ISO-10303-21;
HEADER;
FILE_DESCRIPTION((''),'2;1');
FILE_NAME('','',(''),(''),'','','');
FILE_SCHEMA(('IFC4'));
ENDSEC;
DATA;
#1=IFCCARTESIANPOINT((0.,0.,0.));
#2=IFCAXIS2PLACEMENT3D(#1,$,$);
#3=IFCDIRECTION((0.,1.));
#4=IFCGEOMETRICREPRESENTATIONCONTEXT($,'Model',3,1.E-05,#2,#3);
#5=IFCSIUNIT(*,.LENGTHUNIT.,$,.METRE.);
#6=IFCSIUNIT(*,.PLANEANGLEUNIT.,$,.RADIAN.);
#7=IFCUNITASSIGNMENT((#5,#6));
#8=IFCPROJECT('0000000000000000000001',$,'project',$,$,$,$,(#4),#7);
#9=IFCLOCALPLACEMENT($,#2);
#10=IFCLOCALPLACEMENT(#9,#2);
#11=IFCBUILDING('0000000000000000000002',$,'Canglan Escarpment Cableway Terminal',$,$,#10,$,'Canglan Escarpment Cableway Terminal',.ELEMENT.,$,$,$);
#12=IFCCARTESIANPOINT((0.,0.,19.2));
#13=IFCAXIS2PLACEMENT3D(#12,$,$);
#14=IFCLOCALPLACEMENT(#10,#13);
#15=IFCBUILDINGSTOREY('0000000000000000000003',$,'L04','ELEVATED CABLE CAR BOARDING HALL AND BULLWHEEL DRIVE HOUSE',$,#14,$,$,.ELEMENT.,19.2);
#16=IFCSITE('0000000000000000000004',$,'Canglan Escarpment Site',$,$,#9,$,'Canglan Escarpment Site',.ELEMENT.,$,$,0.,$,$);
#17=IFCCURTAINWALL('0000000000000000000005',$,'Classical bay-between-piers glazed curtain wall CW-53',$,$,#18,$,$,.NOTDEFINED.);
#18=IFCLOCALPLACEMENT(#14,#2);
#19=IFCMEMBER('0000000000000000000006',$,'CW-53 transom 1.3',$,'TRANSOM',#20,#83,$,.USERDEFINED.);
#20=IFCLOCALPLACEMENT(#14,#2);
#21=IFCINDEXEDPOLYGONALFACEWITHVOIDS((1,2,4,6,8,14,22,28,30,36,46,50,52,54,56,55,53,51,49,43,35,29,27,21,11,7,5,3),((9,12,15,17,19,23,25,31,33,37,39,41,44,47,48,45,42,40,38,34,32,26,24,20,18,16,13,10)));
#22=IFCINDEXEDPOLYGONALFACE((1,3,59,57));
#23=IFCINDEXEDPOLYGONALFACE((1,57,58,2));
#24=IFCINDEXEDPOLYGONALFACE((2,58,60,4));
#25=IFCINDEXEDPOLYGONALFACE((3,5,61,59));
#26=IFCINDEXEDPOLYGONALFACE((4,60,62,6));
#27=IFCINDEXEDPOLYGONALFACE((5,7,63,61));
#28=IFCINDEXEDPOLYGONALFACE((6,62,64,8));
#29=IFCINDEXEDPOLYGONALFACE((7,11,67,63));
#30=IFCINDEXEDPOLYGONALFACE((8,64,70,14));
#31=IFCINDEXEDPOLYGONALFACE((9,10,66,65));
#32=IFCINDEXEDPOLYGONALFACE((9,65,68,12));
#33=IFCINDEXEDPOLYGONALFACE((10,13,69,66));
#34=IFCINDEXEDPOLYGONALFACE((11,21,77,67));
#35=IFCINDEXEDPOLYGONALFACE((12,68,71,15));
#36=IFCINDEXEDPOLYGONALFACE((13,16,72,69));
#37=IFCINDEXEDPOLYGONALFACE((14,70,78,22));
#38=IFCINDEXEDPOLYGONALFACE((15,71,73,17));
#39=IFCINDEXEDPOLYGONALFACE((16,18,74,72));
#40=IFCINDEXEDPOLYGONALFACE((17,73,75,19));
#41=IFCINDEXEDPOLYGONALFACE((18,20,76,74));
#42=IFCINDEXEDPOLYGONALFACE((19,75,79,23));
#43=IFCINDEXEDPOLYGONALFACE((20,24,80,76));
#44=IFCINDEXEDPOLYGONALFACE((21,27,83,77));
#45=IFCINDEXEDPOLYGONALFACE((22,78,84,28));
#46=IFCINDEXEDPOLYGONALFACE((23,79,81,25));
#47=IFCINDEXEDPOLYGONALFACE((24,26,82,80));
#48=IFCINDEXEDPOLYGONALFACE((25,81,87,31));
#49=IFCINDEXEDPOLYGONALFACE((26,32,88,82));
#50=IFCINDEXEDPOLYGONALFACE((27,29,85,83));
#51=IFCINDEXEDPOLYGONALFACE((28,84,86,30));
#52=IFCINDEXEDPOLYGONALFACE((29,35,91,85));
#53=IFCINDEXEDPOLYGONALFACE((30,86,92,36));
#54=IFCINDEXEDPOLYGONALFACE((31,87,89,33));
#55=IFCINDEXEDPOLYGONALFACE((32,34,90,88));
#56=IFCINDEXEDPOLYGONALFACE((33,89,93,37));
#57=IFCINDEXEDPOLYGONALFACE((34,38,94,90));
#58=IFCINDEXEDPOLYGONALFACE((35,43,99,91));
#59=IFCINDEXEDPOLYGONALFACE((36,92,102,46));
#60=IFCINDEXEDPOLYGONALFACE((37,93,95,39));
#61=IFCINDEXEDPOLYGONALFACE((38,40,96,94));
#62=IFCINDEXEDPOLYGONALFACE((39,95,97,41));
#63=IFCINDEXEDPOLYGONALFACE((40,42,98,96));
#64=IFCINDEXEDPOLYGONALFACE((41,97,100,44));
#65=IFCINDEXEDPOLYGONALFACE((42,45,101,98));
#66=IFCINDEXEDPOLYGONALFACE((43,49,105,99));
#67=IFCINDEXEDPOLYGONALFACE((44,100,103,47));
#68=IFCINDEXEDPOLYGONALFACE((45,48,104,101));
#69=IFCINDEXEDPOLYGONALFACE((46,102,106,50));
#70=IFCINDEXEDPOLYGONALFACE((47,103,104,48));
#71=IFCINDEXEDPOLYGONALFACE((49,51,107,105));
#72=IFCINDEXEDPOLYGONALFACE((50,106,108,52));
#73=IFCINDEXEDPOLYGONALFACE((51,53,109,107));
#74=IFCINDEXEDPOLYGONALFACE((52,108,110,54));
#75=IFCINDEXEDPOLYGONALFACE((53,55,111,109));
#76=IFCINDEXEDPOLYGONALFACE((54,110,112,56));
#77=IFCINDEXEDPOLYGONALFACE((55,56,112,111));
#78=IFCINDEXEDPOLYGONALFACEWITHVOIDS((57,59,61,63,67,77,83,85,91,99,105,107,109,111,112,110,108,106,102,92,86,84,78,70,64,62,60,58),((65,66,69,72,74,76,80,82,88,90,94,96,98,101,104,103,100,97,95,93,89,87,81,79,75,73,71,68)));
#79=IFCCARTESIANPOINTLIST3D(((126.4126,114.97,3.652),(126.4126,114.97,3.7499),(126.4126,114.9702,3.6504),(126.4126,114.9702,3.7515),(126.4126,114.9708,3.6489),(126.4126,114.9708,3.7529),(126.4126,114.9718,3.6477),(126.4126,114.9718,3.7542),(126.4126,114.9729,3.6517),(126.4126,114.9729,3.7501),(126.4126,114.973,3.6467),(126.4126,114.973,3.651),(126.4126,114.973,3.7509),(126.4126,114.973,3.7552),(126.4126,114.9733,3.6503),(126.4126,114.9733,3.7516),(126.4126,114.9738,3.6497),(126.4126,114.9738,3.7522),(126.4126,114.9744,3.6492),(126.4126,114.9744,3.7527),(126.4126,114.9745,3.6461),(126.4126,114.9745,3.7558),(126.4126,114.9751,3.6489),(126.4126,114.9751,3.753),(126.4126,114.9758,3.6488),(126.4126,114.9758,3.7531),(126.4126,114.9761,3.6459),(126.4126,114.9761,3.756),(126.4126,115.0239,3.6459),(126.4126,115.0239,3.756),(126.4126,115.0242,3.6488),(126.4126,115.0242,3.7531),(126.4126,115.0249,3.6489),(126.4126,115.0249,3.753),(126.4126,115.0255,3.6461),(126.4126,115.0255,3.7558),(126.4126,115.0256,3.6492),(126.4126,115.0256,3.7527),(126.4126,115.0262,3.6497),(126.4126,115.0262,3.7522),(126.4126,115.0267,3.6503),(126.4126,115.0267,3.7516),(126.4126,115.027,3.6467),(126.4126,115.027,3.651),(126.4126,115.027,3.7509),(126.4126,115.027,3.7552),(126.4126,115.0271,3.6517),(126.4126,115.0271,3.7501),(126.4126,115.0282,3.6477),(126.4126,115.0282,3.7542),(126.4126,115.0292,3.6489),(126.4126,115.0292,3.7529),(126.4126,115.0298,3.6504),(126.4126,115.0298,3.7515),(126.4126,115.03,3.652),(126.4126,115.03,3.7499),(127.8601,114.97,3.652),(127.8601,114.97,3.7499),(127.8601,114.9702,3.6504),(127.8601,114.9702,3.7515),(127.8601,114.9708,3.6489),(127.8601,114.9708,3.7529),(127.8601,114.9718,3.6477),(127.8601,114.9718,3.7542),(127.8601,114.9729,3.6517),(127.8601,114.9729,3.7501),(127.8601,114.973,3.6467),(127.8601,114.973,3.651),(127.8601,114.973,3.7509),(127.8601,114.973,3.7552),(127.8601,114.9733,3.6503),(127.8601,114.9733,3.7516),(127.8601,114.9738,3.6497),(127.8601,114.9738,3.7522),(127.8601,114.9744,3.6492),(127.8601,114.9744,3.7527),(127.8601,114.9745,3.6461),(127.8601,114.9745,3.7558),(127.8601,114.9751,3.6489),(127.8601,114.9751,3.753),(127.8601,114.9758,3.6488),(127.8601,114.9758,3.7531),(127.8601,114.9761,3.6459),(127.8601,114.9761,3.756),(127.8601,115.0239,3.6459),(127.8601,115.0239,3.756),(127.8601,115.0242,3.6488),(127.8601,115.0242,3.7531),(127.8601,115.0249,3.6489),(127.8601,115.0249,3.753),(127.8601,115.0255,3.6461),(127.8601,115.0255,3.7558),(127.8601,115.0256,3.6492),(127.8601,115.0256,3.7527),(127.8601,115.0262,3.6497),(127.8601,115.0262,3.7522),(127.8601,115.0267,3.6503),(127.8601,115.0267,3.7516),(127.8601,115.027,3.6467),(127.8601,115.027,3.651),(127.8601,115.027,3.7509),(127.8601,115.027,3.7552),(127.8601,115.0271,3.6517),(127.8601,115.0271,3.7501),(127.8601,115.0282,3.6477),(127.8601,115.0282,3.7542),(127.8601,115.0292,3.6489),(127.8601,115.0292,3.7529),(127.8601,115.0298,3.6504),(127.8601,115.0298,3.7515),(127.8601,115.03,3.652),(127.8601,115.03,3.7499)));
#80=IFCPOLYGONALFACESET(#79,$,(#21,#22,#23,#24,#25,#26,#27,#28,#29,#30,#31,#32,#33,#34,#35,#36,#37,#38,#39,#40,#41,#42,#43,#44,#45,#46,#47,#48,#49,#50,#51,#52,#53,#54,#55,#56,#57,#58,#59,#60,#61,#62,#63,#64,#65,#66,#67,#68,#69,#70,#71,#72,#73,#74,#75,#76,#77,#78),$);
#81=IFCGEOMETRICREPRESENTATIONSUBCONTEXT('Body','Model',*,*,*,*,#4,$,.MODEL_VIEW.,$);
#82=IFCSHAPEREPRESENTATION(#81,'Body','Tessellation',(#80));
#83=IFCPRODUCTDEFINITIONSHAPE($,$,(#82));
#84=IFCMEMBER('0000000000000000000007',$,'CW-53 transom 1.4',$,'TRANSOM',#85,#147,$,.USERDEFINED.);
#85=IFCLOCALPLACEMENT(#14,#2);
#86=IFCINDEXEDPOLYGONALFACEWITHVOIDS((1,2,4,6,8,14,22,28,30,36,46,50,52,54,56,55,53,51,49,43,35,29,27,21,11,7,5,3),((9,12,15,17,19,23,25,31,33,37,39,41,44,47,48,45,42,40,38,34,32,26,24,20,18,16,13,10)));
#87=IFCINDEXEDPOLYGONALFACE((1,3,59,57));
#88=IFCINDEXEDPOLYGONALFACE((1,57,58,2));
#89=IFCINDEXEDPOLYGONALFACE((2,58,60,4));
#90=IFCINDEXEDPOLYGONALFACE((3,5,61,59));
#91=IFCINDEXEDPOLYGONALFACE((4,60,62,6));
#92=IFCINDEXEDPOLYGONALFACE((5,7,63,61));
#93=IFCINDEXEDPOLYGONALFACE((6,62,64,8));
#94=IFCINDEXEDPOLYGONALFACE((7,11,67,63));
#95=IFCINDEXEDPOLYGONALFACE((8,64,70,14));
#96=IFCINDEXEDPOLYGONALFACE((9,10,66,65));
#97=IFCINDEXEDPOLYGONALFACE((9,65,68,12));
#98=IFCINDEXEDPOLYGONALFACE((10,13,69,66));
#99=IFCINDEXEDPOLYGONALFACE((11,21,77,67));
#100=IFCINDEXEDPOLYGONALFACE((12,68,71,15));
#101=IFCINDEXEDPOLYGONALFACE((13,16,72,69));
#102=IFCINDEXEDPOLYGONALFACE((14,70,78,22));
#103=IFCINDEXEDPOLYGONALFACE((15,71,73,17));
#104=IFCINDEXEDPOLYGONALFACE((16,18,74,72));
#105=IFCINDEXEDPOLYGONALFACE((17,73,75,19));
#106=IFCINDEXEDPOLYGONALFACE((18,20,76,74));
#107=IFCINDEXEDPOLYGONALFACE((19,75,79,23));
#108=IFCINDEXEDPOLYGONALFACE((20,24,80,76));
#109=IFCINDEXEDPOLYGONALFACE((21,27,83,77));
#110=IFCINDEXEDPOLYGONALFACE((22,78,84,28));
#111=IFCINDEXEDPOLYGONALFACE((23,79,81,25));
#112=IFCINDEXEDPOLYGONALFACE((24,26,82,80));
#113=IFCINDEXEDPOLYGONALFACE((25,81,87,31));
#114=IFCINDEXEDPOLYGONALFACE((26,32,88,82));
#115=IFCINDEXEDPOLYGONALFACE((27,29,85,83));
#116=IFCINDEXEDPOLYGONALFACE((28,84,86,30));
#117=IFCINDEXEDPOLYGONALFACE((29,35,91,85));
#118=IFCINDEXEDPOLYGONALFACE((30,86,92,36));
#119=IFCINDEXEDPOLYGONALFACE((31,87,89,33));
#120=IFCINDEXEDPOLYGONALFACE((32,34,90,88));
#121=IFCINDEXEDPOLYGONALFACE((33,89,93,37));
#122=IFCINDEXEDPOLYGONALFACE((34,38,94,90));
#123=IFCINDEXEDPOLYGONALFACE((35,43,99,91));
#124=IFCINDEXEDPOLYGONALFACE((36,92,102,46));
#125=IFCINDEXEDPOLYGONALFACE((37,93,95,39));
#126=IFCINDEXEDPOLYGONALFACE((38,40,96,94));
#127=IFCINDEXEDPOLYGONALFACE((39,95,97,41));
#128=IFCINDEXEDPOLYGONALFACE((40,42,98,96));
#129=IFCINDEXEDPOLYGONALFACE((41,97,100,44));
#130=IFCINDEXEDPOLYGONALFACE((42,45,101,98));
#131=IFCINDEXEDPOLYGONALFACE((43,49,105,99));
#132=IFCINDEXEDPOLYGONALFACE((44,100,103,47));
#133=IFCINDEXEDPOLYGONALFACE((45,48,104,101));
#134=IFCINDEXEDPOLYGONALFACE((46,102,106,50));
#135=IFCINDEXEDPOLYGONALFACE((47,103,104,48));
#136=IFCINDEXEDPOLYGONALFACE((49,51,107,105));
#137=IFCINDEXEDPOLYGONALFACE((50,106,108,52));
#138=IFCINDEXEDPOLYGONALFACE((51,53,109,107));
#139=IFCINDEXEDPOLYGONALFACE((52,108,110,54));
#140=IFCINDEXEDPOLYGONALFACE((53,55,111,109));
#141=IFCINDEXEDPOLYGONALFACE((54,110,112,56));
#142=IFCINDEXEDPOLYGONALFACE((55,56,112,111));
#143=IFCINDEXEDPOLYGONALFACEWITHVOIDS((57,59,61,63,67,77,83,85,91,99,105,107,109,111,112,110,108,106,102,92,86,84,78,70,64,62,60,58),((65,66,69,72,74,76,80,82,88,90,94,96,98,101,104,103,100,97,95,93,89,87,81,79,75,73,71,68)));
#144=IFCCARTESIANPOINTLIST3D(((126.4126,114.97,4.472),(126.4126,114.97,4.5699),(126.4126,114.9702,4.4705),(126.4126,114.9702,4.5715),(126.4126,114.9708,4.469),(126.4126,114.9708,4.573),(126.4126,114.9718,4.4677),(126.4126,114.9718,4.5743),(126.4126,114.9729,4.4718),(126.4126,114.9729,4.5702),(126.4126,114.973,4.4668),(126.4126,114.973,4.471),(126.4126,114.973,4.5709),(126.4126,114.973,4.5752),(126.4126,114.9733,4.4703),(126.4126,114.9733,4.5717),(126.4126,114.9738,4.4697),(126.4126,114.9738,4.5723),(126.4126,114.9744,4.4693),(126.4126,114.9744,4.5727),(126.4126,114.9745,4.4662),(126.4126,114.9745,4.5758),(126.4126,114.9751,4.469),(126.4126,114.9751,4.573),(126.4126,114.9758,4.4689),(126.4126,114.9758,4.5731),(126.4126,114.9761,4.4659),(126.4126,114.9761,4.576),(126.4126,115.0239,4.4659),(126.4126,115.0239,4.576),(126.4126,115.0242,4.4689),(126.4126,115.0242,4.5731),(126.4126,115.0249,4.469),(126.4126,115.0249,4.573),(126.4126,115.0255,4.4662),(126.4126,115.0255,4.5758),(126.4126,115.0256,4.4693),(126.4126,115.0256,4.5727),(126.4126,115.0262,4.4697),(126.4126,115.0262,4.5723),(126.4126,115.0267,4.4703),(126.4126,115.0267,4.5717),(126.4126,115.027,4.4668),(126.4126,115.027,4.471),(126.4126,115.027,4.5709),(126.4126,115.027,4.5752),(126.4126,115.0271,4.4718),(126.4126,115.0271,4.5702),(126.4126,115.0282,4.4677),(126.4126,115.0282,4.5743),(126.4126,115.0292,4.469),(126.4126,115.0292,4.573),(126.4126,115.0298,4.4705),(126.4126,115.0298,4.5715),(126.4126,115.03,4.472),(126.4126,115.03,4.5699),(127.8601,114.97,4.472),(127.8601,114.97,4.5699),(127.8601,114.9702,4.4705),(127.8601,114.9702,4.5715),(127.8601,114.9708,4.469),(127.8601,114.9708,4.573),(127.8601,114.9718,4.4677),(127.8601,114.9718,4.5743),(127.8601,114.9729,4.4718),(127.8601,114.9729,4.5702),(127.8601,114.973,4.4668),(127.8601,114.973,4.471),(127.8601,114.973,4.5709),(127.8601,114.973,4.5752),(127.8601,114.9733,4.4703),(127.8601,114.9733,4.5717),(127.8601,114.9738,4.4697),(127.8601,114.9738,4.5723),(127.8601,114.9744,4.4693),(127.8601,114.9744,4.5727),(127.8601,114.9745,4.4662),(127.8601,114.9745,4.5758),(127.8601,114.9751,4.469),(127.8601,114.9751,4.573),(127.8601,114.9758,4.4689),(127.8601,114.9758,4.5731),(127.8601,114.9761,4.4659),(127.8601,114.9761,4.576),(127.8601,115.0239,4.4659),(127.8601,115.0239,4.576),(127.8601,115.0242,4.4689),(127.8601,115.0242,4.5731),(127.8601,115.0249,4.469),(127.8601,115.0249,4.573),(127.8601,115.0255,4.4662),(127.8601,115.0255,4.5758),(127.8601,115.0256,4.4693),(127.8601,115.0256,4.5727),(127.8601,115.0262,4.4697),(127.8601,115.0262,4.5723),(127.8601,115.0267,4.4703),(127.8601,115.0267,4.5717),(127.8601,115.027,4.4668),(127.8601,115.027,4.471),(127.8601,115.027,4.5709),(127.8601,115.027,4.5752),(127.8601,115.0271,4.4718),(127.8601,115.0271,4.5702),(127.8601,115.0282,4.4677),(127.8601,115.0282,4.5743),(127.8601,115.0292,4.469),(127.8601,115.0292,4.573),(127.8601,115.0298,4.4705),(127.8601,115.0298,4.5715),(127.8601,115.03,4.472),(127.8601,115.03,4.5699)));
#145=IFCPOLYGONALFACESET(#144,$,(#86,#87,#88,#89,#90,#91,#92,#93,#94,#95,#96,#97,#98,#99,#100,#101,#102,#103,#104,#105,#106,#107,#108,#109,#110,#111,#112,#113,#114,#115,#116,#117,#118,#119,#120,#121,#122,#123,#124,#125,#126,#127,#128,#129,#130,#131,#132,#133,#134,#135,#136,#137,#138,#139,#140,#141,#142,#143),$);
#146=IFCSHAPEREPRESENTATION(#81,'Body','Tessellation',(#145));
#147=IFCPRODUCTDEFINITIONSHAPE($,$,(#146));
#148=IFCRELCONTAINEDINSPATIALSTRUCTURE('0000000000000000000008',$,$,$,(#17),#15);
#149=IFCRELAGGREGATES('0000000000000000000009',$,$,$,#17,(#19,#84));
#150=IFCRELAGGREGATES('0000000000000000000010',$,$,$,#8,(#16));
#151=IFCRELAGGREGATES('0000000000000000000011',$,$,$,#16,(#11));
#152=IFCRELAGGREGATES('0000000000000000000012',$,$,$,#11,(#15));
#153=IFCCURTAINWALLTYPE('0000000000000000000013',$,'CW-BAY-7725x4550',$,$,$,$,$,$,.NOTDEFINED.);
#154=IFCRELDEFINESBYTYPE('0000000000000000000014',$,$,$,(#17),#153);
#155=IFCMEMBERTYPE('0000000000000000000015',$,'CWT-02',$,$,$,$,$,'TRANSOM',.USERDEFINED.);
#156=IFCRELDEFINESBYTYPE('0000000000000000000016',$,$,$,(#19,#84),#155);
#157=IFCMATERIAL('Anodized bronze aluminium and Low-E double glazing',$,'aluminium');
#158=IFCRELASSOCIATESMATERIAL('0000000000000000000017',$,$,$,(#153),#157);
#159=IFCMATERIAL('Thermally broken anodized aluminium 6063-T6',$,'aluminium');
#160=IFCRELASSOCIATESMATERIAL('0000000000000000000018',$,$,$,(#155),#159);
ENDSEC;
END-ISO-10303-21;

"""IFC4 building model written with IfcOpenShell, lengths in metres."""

from ifc_helpers import new_model, si_unit, direction, frame, origin, origin_2d, place, context, subcontext, project, spatial, hollow_rectangle, extrude, material, material_profile, profile_set, type_object, element, aggregate, save


model = new_model("IFC4")

# Units and contexts
model_context = context("Model", 3, precision=1e-05, world=origin(), true_north=direction((0.0, 1.0)))
body_context = subcontext(model_context, "Body", "Model", "MODEL_VIEW")
ifc_project = project(units=[si_unit("LENGTHUNIT", "METRE"), si_unit("PLANEANGLEUNIT", "RADIAN")], contexts=[model_context])

# Site, building, storey
site_placement = place(None, origin())
site = spatial("IfcSite", under=ifc_project, at=site_placement, Name="Canglan Escarpment Site", LongName="Canglan Escarpment Site", CompositionType="ELEMENT", RefElevation=0.0)
building_placement = place(site_placement, origin())
building = spatial("IfcBuilding", under=site, at=building_placement, Name="Canglan Escarpment Cableway Terminal", LongName="Canglan Escarpment Cableway Terminal", CompositionType="ELEMENT")
storey_placement = place(building_placement, frame((0.0, 0.0, 19.2)))
storey = spatial("IfcBuildingStorey", under=building, at=storey_placement, Name="L04", Description="ELEVATED CABLE CAR BOARDING HALL AND BULLWHEEL DRIVE HOUSE", CompositionType="ELEMENT", Elevation=19.2)

# Curtain wall
ifc_material_1 = material(Name="Anodized bronze aluminium and Low-E double glazing", Category="aluminium")
curtain_wall_type_1 = type_object("IfcCurtainWallType", Name="CW-BAY-7725x4550", PredefinedType="NOTDEFINED", material=ifc_material_1)
curtain_wall_1_placement = place(storey_placement, origin())
curtain_wall_1 = element("IfcCurtainWall", 1, at=curtain_wall_1_placement, inside=storey, type_object=curtain_wall_type_1, Name="Classical bay-between-piers glazed curtain wall CW-53", PredefinedType="NOTDEFINED")
ifc_material_2 = material(Name="Thermally broken anodized aluminium 6063-T6", Category="aluminium")

# Members
ifc_material_profile_1 = material_profile(ifc_material_2, hollow_rectangle(XDim=0.0601, YDim=0.1101, WallThickness=0.0029, InnerFilletRadius=0.0029, OuterFilletRadius=0.0061, at=origin_2d()), Name="ALU-TRAN 60x110x3")
ifc_profile_set_1 = profile_set([ifc_material_profile_1], Name="Thermally broken anodized aluminium 6063-T6")
member_type_1 = type_object("IfcMemberType", Name="CWT-02", ElementType="TRANSOM", PredefinedType="USERDEFINED", material=ifc_profile_set_1)
member_1_placement = place(storey_placement, frame((127.8601, 115.0, 3.7009), z_axis=(-1.0, 0.0, 0.0), x_axis=(0.0, -1.0, 0.0)))
member_1 = element("IfcMember", 2, at=member_1_placement, type_object=member_type_1, Name="CW-53 transom 1.3", ObjectType="TRANSOM", PredefinedType="USERDEFINED", context=body_context, shape_type="SweptSolid", body=[
    extrude(hollow_rectangle(XDim=0.0601, YDim=0.1101, WallThickness=0.0029, InnerFilletRadius=0.0029, OuterFilletRadius=0.0061, at=origin_2d()), origin(), (0.0, 0.0, 1.0), 1.4475),
])
member_2_placement = place(storey_placement, frame((127.8601, 115.0, 4.521), z_axis=(-1.0, 0.0, 0.0), x_axis=(0.0, -1.0, 0.0)))
member_2 = element("IfcMember", 3, at=member_2_placement, type_object=member_type_1, Name="CW-53 transom 1.4", ObjectType="TRANSOM", PredefinedType="USERDEFINED", context=body_context, shape_type="SweptSolid", body=[
    extrude(hollow_rectangle(XDim=0.0601, YDim=0.1101, WallThickness=0.0029, InnerFilletRadius=0.0029, OuterFilletRadius=0.0061, at=origin_2d()), origin(), (0.0, 0.0, 1.0), 1.4475),
])

aggregate(curtain_wall_1, [member_1, member_2])

save(model, "model.ifc")
